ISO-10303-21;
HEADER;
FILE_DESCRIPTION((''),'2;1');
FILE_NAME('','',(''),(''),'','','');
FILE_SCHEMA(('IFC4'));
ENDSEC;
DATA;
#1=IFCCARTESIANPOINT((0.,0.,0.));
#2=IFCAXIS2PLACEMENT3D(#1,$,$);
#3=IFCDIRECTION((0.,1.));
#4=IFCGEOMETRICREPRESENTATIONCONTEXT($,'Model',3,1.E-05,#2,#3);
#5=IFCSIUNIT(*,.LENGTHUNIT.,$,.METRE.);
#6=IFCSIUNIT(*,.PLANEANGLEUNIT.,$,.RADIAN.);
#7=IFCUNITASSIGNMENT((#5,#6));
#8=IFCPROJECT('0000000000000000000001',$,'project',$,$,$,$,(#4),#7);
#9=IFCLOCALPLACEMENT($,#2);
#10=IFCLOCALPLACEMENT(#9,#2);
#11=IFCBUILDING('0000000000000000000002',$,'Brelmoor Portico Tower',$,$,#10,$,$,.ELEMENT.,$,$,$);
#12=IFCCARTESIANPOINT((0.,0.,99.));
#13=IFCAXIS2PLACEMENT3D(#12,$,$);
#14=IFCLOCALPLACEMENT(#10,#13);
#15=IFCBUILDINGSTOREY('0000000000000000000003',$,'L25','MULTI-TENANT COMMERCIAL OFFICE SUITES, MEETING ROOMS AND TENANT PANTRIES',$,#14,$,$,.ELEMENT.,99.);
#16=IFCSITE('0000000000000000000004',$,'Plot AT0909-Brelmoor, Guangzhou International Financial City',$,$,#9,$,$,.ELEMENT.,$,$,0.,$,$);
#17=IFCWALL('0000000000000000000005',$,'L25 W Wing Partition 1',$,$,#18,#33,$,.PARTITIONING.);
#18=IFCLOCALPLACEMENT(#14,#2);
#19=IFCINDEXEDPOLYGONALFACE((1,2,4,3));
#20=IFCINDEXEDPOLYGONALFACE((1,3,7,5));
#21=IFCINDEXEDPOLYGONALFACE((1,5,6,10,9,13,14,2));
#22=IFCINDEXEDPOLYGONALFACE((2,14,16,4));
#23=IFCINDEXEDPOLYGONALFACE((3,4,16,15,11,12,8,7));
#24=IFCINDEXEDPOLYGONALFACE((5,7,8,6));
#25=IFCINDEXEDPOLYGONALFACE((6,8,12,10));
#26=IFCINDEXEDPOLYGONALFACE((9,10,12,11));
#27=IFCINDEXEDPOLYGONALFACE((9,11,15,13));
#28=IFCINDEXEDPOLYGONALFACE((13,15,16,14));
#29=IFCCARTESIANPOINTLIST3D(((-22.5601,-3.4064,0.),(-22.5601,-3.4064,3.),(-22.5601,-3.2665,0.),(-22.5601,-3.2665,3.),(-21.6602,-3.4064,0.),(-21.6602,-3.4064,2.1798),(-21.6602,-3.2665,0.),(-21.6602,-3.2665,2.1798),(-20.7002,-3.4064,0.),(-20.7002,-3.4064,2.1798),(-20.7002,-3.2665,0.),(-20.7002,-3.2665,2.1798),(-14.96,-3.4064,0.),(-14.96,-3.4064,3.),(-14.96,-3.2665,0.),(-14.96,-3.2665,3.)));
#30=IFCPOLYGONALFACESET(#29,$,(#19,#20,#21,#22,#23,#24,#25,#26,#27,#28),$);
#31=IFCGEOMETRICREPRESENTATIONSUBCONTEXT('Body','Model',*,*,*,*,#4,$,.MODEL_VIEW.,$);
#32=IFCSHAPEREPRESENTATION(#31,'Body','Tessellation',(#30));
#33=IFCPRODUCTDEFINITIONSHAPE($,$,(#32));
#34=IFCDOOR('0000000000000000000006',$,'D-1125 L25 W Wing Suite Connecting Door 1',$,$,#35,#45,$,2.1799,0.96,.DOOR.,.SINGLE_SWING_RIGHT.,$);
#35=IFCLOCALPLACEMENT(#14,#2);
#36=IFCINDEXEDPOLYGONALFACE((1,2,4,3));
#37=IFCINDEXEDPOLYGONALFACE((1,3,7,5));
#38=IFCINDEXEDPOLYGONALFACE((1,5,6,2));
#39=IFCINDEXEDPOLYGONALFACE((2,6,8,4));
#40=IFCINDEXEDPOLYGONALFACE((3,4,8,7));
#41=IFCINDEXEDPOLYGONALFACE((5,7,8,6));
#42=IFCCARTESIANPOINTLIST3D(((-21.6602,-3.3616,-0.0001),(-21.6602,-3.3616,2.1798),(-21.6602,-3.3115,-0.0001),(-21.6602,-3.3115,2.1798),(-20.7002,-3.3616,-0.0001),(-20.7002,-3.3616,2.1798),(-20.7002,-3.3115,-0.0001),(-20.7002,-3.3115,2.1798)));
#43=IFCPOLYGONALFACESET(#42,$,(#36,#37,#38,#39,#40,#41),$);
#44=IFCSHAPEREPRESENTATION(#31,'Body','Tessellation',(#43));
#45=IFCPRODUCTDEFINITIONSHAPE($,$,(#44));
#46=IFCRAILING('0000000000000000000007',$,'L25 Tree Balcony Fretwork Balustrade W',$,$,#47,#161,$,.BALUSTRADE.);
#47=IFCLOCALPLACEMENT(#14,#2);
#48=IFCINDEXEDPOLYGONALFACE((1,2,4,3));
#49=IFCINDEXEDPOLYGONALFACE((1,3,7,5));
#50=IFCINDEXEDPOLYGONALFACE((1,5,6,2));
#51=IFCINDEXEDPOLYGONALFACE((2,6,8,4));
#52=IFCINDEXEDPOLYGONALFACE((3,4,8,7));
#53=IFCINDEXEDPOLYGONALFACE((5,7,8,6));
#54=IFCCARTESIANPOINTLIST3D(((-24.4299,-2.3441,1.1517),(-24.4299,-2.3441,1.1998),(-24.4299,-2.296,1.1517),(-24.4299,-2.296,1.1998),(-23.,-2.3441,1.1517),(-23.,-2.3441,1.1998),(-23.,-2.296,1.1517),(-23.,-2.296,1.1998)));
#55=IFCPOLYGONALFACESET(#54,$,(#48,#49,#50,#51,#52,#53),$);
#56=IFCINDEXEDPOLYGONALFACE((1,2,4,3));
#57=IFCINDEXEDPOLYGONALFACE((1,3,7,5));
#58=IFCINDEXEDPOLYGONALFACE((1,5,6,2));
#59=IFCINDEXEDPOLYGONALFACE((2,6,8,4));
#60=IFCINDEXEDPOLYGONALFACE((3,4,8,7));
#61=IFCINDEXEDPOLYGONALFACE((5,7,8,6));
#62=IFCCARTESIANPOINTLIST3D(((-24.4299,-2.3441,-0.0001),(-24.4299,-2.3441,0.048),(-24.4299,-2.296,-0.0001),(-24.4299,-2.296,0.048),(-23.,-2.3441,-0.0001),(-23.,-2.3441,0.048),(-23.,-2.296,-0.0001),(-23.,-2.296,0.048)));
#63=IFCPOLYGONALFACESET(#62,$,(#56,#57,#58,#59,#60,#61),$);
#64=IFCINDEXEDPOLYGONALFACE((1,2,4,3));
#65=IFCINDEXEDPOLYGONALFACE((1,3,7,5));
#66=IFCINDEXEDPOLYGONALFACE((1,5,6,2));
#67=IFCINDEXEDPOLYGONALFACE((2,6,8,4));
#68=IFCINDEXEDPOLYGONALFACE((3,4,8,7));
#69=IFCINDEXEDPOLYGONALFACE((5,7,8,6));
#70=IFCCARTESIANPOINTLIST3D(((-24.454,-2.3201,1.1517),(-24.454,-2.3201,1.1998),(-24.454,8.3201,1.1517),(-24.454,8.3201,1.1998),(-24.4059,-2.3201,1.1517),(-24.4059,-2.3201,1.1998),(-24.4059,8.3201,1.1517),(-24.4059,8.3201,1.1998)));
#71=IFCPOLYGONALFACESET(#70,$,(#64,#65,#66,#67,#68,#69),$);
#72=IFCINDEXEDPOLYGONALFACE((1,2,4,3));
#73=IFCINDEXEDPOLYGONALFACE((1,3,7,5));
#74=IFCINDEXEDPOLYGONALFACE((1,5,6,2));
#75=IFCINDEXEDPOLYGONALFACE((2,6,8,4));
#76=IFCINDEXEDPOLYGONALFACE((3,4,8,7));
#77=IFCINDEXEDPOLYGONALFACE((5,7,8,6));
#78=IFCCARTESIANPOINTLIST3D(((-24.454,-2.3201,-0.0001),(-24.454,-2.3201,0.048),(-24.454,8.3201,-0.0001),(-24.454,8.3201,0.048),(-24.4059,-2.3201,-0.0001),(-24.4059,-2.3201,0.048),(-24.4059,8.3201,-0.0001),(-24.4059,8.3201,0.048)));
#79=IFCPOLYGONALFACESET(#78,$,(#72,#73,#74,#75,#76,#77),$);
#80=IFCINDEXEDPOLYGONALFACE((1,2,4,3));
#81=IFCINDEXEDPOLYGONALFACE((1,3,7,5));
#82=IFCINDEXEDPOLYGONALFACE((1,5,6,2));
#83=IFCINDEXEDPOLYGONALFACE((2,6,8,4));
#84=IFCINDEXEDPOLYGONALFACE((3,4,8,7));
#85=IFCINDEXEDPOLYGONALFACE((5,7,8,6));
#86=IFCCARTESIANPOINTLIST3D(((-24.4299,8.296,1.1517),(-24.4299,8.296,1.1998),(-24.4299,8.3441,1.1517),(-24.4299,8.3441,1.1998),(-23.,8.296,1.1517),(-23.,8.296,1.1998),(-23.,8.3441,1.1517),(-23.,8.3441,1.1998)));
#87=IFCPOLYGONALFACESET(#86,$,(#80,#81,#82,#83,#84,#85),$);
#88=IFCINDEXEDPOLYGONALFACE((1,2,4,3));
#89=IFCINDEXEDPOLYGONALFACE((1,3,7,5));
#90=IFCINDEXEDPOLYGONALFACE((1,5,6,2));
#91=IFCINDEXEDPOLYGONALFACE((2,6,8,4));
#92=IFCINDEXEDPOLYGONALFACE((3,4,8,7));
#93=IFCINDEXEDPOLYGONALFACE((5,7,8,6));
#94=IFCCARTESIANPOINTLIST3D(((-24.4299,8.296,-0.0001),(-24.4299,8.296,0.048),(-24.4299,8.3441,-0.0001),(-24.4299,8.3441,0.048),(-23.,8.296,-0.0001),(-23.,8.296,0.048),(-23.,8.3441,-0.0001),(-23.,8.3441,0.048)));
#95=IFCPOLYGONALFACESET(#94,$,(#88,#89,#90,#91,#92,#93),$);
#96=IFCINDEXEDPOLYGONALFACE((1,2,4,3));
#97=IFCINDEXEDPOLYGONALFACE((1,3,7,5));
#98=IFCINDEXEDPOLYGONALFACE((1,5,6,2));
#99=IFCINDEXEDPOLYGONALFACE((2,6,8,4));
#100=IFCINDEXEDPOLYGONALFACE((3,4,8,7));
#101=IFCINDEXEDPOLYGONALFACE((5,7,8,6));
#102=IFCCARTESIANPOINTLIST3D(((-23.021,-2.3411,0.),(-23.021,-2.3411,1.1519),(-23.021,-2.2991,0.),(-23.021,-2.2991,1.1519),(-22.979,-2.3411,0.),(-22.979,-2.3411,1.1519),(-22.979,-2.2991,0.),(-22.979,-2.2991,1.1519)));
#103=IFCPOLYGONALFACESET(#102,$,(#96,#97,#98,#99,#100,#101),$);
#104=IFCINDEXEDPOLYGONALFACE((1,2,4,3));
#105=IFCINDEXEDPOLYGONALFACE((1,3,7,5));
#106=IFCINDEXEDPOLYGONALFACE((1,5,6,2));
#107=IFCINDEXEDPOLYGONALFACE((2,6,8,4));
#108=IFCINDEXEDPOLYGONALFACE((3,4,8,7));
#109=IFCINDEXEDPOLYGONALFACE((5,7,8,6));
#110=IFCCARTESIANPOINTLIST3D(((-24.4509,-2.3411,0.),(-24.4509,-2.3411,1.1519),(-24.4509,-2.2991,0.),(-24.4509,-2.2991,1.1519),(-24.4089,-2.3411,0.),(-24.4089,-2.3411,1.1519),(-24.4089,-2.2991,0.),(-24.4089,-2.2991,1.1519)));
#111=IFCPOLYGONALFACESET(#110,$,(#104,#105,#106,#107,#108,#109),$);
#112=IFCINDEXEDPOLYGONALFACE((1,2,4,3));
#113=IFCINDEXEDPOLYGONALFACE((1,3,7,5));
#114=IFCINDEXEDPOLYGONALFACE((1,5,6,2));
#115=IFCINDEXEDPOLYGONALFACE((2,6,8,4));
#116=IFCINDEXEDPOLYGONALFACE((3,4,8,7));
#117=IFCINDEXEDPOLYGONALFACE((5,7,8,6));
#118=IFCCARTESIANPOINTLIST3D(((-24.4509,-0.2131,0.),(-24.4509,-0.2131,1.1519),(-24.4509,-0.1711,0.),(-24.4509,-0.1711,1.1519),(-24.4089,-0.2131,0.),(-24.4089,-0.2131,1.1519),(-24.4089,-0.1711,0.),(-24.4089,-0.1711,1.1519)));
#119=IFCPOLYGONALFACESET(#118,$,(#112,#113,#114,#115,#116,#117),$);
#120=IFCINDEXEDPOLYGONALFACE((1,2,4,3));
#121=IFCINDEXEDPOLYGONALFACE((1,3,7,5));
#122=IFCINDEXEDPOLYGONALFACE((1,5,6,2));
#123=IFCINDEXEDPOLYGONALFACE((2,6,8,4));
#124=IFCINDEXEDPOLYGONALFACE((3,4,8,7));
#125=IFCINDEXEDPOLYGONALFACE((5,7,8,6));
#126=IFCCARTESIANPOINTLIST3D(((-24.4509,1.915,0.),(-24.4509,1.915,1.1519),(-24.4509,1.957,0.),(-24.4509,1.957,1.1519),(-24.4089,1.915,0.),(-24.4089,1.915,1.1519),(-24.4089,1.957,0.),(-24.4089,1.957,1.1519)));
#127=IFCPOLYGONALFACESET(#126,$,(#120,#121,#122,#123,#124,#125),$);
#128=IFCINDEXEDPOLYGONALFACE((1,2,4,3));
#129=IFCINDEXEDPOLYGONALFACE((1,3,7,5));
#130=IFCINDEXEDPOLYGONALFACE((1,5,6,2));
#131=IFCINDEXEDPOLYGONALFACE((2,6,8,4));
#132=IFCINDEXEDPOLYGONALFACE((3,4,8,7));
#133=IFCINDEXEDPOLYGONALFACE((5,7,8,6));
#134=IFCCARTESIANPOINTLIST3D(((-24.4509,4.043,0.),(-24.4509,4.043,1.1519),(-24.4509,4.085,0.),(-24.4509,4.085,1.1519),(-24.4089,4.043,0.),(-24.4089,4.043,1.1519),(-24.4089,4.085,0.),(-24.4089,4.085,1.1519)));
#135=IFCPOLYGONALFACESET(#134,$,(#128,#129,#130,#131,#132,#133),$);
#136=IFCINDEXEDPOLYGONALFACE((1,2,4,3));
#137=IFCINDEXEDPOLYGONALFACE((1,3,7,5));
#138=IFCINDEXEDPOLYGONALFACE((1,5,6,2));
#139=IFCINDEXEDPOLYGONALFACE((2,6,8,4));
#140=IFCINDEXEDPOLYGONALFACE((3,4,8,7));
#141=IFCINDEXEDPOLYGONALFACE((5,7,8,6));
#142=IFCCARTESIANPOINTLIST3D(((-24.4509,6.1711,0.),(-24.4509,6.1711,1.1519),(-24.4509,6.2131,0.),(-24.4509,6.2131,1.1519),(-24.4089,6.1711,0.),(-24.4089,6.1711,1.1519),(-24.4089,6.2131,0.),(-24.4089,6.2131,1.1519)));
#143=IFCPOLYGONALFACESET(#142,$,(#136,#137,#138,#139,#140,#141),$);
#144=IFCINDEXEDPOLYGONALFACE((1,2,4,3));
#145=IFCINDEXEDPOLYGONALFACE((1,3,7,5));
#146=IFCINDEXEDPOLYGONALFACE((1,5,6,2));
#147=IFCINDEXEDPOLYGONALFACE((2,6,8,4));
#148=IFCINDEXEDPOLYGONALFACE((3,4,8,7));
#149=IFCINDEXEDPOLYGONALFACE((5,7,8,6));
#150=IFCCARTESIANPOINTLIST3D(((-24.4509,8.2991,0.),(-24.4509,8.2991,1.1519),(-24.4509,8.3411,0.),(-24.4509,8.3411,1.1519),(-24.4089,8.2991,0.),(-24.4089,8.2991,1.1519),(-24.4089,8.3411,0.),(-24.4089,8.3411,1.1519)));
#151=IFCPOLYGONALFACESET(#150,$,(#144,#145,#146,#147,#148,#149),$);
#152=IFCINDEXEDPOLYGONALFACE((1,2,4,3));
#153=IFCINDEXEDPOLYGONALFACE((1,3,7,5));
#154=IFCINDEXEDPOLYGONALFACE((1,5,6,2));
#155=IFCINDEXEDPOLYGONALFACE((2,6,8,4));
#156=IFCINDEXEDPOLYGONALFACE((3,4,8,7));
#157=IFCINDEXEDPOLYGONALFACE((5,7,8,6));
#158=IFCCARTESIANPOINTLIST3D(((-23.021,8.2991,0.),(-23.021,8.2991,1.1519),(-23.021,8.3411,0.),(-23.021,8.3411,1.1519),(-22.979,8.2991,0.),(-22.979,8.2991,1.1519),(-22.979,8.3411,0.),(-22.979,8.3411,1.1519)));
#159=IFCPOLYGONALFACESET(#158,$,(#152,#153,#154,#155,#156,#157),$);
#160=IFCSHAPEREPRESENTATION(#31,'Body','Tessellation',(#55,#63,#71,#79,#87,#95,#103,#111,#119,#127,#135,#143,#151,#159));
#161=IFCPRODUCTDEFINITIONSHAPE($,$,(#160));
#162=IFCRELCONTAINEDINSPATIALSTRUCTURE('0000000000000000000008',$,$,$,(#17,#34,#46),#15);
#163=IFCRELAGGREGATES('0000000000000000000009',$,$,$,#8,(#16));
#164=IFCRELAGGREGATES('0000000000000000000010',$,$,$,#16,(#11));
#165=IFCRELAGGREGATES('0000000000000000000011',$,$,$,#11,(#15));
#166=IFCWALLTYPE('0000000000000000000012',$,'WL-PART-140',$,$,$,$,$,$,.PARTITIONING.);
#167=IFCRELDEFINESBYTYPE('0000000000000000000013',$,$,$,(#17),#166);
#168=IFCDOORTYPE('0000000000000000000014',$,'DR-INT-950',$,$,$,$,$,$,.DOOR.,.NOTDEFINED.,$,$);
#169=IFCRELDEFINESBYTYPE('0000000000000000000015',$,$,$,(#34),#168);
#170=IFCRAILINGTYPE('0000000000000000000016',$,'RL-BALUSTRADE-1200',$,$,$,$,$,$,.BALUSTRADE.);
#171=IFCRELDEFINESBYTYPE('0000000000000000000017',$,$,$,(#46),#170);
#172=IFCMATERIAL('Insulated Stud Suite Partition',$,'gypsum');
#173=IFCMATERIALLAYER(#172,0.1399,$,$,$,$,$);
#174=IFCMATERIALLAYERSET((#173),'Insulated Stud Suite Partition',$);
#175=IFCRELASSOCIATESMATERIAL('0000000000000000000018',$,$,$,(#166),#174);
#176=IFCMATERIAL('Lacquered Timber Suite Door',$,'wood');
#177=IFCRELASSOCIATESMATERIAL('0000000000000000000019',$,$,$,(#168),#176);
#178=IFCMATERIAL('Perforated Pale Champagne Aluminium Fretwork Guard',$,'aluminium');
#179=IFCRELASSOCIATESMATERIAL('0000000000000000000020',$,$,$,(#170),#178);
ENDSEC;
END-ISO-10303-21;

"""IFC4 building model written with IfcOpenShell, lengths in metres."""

from ifc_helpers import new_model, si_unit, direction, frame, frame_2d, origin, origin_2d, place, context, subcontext, project, spatial, rectangle, extrude, material, layer, layer_set, type_object, element, fill, save


model = new_model("IFC4")

# Units and contexts
model_context = context("Model", 3, precision=1e-05, world=origin(), true_north=direction((0.0, 1.0)))
body_context = subcontext(model_context, "Body", "Model", "MODEL_VIEW")
ifc_project = project(units=[si_unit("LENGTHUNIT", "METRE"), si_unit("PLANEANGLEUNIT", "RADIAN")], contexts=[model_context])

# Site, building, storey
site_placement = place(None, origin())
site = spatial("IfcSite", under=ifc_project, at=site_placement, Name="Plot AT0909-Brelmoor, Guangzhou International Financial City", CompositionType="ELEMENT", RefElevation=0.0)
building_placement = place(site_placement, origin())
building = spatial("IfcBuilding", under=site, at=building_placement, Name="Brelmoor Portico Tower", CompositionType="ELEMENT")
storey_placement = place(building_placement, frame((0.0, 0.0, 99.0)))
storey = spatial("IfcBuildingStorey", under=building, at=storey_placement, Name="L25", Description="MULTI-TENANT COMMERCIAL OFFICE SUITES, MEETING ROOMS AND TENANT PANTRIES", CompositionType="ELEMENT", Elevation=99.0)

# Wall, opening, door
ifc_material_1 = material(Name="Insulated Stud Suite Partition", Category="gypsum")
ifc_layer_1 = layer(ifc_material_1, 0.1399)
ifc_layer_set_1 = layer_set([ifc_layer_1], Name="Insulated Stud Suite Partition")
wall_type_1 = type_object("IfcWallType", Name="WL-PART-140", PredefinedType="PARTITIONING", material=ifc_layer_set_1)
ifc_material_2 = material(Name="Lacquered Timber Suite Door", Category="wood")
door_type_1 = type_object("IfcDoorType", Name="DR-INT-950", OperationType="NOTDEFINED", PredefinedType="DOOR", material=ifc_material_2)
wall_1_placement = place(storey_placement, frame((-22.5601, -3.3364, 0.0), z_axis=(0.0, 0.0, 1.0), x_axis=(1.0, 0.0, 0.0)))
wall_1 = element("IfcWall", 1, at=wall_1_placement, inside=storey, type_object=wall_type_1, Name="L25 W Wing Partition 1", PredefinedType="PARTITIONING", context=body_context, shape_type="SweptSolid", body=[
    extrude(rectangle(XDim=7.6001, YDim=0.1399, at=frame_2d((3.8, 0.0))), origin(), (0.0, 0.0, 1.0), 3.0),
])
opening_1_placement = place(wall_1_placement, frame((0.8999, 0.0, 0.0)))
opening_1 = element("IfcOpeningElement", 2, at=opening_1_placement, cuts=wall_1, PredefinedType="OPENING", context=body_context, shape_type="SweptSolid", body=[
    extrude(rectangle(XDim=0.96, YDim=2.1799, at=frame_2d((0.48, 1.0898))), frame((0.0, 0.0798, 0.0), z_axis=(0.0, -1.0, 0.0), x_axis=(1.0, 0.0, 0.0)), (0.0, 0.0, 1.0), 0.1599),
])
door_1_placement = place(opening_1_placement, origin())
door_1 = element("IfcDoor", 3, at=door_1_placement, inside=storey, type_object=door_type_1, Name="D-1125 L25 W Wing Suite Connecting Door 1", OperationType="SINGLE_SWING_RIGHT", OverallHeight=2.1799, OverallWidth=0.96, PredefinedType="DOOR", context=body_context, shape_type="SweptSolid", body=[
    extrude(rectangle(XDim=0.96, YDim=2.1799, at=frame_2d((0.48, 1.0898))), frame((0.0, 0.0249, 0.0), z_axis=(0.0, -1.0, 0.0), x_axis=(1.0, 0.0, 0.0)), (0.0, 0.0, 1.0), 0.05),
])
fill(opening_1, door_1)

# Railing
ifc_material_3 = material(Name="Perforated Pale Champagne Aluminium Fretwork Guard", Category="aluminium")
railing_type = type_object("IfcRailingType", Name="RL-BALUSTRADE-1200", PredefinedType="BALUSTRADE", material=ifc_material_3)
railing_placement = place(storey_placement, frame((-23.0, -2.3201, 0.0)))
element("IfcRailing", 4, at=railing_placement, inside=storey, type_object=railing_type, Name="L25 Tree Balcony Fretwork Balustrade W", PredefinedType="BALUSTRADE", context=body_context, shape_type="SweptSolid", body=[
    extrude(rectangle(XDim=0.0481, YDim=0.0481, at=origin_2d()), frame((0.0, 0.0, 1.1758), z_axis=(-1.0, 0.0, 0.0), x_axis=(0.0, -1.0, 0.0)), (0.0, 0.0, 1.0), 1.4299),
    extrude(rectangle(XDim=0.0481, YDim=0.0481, at=origin_2d()), frame((0.0, 0.0, 0.0239), z_axis=(-1.0, 0.0, 0.0), x_axis=(0.0, -1.0, 0.0)), (0.0, 0.0, 1.0), 1.4299),
    extrude(rectangle(XDim=0.0481, YDim=0.0481, at=origin_2d()), frame((-1.4299, 0.0, 1.1758), z_axis=(0.0, 1.0, 0.0), x_axis=(-1.0, 0.0, 0.0)), (0.0, 0.0, 1.0), 10.6401),
    extrude(rectangle(XDim=0.0481, YDim=0.0481, at=origin_2d()), frame((-1.4299, 0.0, 0.0239), z_axis=(0.0, 1.0, 0.0), x_axis=(-1.0, 0.0, 0.0)), (0.0, 0.0, 1.0), 10.6401),
    extrude(rectangle(XDim=0.0481, YDim=0.0481, at=origin_2d()), frame((-1.4299, 10.6401, 1.1758), z_axis=(1.0, 0.0, 0.0), x_axis=(0.0, 1.0, 0.0)), (0.0, 0.0, 1.0), 1.4299),
    extrude(rectangle(XDim=0.0481, YDim=0.0481, at=origin_2d()), frame((-1.4299, 10.6401, 0.0239), z_axis=(1.0, 0.0, 0.0), x_axis=(0.0, 1.0, 0.0)), (0.0, 0.0, 1.0), 1.4299),
    extrude(rectangle(XDim=0.042, YDim=0.042, at=origin_2d()), origin(), (0.0, 0.0, 1.0), 1.1519),
    extrude(rectangle(XDim=0.042, YDim=0.042, at=origin_2d()), frame((-1.4299, 0.0, 0.0)), (0.0, 0.0, 1.0), 1.1519),
    extrude(rectangle(XDim=0.042, YDim=0.042, at=origin_2d()), frame((-1.4299, 2.1279, 0.0)), (0.0, 0.0, 1.0), 1.1519),
    extrude(rectangle(XDim=0.042, YDim=0.042, at=origin_2d()), frame((-1.4299, 4.2561, 0.0)), (0.0, 0.0, 1.0), 1.1519),
    extrude(rectangle(XDim=0.042, YDim=0.042, at=origin_2d()), frame((-1.4299, 6.384, 0.0)), (0.0, 0.0, 1.0), 1.1519),
    extrude(rectangle(XDim=0.042, YDim=0.042, at=origin_2d()), frame((-1.4299, 8.5122, 0.0)), (0.0, 0.0, 1.0), 1.1519),
    extrude(rectangle(XDim=0.042, YDim=0.042, at=origin_2d()), frame((-1.4299, 10.6401, 0.0)), (0.0, 0.0, 1.0), 1.1519),
    extrude(rectangle(XDim=0.042, YDim=0.042, at=origin_2d()), frame((0.0, 10.6401, 0.0)), (0.0, 0.0, 1.0), 1.1519),
])

save(model, "model.ifc")
